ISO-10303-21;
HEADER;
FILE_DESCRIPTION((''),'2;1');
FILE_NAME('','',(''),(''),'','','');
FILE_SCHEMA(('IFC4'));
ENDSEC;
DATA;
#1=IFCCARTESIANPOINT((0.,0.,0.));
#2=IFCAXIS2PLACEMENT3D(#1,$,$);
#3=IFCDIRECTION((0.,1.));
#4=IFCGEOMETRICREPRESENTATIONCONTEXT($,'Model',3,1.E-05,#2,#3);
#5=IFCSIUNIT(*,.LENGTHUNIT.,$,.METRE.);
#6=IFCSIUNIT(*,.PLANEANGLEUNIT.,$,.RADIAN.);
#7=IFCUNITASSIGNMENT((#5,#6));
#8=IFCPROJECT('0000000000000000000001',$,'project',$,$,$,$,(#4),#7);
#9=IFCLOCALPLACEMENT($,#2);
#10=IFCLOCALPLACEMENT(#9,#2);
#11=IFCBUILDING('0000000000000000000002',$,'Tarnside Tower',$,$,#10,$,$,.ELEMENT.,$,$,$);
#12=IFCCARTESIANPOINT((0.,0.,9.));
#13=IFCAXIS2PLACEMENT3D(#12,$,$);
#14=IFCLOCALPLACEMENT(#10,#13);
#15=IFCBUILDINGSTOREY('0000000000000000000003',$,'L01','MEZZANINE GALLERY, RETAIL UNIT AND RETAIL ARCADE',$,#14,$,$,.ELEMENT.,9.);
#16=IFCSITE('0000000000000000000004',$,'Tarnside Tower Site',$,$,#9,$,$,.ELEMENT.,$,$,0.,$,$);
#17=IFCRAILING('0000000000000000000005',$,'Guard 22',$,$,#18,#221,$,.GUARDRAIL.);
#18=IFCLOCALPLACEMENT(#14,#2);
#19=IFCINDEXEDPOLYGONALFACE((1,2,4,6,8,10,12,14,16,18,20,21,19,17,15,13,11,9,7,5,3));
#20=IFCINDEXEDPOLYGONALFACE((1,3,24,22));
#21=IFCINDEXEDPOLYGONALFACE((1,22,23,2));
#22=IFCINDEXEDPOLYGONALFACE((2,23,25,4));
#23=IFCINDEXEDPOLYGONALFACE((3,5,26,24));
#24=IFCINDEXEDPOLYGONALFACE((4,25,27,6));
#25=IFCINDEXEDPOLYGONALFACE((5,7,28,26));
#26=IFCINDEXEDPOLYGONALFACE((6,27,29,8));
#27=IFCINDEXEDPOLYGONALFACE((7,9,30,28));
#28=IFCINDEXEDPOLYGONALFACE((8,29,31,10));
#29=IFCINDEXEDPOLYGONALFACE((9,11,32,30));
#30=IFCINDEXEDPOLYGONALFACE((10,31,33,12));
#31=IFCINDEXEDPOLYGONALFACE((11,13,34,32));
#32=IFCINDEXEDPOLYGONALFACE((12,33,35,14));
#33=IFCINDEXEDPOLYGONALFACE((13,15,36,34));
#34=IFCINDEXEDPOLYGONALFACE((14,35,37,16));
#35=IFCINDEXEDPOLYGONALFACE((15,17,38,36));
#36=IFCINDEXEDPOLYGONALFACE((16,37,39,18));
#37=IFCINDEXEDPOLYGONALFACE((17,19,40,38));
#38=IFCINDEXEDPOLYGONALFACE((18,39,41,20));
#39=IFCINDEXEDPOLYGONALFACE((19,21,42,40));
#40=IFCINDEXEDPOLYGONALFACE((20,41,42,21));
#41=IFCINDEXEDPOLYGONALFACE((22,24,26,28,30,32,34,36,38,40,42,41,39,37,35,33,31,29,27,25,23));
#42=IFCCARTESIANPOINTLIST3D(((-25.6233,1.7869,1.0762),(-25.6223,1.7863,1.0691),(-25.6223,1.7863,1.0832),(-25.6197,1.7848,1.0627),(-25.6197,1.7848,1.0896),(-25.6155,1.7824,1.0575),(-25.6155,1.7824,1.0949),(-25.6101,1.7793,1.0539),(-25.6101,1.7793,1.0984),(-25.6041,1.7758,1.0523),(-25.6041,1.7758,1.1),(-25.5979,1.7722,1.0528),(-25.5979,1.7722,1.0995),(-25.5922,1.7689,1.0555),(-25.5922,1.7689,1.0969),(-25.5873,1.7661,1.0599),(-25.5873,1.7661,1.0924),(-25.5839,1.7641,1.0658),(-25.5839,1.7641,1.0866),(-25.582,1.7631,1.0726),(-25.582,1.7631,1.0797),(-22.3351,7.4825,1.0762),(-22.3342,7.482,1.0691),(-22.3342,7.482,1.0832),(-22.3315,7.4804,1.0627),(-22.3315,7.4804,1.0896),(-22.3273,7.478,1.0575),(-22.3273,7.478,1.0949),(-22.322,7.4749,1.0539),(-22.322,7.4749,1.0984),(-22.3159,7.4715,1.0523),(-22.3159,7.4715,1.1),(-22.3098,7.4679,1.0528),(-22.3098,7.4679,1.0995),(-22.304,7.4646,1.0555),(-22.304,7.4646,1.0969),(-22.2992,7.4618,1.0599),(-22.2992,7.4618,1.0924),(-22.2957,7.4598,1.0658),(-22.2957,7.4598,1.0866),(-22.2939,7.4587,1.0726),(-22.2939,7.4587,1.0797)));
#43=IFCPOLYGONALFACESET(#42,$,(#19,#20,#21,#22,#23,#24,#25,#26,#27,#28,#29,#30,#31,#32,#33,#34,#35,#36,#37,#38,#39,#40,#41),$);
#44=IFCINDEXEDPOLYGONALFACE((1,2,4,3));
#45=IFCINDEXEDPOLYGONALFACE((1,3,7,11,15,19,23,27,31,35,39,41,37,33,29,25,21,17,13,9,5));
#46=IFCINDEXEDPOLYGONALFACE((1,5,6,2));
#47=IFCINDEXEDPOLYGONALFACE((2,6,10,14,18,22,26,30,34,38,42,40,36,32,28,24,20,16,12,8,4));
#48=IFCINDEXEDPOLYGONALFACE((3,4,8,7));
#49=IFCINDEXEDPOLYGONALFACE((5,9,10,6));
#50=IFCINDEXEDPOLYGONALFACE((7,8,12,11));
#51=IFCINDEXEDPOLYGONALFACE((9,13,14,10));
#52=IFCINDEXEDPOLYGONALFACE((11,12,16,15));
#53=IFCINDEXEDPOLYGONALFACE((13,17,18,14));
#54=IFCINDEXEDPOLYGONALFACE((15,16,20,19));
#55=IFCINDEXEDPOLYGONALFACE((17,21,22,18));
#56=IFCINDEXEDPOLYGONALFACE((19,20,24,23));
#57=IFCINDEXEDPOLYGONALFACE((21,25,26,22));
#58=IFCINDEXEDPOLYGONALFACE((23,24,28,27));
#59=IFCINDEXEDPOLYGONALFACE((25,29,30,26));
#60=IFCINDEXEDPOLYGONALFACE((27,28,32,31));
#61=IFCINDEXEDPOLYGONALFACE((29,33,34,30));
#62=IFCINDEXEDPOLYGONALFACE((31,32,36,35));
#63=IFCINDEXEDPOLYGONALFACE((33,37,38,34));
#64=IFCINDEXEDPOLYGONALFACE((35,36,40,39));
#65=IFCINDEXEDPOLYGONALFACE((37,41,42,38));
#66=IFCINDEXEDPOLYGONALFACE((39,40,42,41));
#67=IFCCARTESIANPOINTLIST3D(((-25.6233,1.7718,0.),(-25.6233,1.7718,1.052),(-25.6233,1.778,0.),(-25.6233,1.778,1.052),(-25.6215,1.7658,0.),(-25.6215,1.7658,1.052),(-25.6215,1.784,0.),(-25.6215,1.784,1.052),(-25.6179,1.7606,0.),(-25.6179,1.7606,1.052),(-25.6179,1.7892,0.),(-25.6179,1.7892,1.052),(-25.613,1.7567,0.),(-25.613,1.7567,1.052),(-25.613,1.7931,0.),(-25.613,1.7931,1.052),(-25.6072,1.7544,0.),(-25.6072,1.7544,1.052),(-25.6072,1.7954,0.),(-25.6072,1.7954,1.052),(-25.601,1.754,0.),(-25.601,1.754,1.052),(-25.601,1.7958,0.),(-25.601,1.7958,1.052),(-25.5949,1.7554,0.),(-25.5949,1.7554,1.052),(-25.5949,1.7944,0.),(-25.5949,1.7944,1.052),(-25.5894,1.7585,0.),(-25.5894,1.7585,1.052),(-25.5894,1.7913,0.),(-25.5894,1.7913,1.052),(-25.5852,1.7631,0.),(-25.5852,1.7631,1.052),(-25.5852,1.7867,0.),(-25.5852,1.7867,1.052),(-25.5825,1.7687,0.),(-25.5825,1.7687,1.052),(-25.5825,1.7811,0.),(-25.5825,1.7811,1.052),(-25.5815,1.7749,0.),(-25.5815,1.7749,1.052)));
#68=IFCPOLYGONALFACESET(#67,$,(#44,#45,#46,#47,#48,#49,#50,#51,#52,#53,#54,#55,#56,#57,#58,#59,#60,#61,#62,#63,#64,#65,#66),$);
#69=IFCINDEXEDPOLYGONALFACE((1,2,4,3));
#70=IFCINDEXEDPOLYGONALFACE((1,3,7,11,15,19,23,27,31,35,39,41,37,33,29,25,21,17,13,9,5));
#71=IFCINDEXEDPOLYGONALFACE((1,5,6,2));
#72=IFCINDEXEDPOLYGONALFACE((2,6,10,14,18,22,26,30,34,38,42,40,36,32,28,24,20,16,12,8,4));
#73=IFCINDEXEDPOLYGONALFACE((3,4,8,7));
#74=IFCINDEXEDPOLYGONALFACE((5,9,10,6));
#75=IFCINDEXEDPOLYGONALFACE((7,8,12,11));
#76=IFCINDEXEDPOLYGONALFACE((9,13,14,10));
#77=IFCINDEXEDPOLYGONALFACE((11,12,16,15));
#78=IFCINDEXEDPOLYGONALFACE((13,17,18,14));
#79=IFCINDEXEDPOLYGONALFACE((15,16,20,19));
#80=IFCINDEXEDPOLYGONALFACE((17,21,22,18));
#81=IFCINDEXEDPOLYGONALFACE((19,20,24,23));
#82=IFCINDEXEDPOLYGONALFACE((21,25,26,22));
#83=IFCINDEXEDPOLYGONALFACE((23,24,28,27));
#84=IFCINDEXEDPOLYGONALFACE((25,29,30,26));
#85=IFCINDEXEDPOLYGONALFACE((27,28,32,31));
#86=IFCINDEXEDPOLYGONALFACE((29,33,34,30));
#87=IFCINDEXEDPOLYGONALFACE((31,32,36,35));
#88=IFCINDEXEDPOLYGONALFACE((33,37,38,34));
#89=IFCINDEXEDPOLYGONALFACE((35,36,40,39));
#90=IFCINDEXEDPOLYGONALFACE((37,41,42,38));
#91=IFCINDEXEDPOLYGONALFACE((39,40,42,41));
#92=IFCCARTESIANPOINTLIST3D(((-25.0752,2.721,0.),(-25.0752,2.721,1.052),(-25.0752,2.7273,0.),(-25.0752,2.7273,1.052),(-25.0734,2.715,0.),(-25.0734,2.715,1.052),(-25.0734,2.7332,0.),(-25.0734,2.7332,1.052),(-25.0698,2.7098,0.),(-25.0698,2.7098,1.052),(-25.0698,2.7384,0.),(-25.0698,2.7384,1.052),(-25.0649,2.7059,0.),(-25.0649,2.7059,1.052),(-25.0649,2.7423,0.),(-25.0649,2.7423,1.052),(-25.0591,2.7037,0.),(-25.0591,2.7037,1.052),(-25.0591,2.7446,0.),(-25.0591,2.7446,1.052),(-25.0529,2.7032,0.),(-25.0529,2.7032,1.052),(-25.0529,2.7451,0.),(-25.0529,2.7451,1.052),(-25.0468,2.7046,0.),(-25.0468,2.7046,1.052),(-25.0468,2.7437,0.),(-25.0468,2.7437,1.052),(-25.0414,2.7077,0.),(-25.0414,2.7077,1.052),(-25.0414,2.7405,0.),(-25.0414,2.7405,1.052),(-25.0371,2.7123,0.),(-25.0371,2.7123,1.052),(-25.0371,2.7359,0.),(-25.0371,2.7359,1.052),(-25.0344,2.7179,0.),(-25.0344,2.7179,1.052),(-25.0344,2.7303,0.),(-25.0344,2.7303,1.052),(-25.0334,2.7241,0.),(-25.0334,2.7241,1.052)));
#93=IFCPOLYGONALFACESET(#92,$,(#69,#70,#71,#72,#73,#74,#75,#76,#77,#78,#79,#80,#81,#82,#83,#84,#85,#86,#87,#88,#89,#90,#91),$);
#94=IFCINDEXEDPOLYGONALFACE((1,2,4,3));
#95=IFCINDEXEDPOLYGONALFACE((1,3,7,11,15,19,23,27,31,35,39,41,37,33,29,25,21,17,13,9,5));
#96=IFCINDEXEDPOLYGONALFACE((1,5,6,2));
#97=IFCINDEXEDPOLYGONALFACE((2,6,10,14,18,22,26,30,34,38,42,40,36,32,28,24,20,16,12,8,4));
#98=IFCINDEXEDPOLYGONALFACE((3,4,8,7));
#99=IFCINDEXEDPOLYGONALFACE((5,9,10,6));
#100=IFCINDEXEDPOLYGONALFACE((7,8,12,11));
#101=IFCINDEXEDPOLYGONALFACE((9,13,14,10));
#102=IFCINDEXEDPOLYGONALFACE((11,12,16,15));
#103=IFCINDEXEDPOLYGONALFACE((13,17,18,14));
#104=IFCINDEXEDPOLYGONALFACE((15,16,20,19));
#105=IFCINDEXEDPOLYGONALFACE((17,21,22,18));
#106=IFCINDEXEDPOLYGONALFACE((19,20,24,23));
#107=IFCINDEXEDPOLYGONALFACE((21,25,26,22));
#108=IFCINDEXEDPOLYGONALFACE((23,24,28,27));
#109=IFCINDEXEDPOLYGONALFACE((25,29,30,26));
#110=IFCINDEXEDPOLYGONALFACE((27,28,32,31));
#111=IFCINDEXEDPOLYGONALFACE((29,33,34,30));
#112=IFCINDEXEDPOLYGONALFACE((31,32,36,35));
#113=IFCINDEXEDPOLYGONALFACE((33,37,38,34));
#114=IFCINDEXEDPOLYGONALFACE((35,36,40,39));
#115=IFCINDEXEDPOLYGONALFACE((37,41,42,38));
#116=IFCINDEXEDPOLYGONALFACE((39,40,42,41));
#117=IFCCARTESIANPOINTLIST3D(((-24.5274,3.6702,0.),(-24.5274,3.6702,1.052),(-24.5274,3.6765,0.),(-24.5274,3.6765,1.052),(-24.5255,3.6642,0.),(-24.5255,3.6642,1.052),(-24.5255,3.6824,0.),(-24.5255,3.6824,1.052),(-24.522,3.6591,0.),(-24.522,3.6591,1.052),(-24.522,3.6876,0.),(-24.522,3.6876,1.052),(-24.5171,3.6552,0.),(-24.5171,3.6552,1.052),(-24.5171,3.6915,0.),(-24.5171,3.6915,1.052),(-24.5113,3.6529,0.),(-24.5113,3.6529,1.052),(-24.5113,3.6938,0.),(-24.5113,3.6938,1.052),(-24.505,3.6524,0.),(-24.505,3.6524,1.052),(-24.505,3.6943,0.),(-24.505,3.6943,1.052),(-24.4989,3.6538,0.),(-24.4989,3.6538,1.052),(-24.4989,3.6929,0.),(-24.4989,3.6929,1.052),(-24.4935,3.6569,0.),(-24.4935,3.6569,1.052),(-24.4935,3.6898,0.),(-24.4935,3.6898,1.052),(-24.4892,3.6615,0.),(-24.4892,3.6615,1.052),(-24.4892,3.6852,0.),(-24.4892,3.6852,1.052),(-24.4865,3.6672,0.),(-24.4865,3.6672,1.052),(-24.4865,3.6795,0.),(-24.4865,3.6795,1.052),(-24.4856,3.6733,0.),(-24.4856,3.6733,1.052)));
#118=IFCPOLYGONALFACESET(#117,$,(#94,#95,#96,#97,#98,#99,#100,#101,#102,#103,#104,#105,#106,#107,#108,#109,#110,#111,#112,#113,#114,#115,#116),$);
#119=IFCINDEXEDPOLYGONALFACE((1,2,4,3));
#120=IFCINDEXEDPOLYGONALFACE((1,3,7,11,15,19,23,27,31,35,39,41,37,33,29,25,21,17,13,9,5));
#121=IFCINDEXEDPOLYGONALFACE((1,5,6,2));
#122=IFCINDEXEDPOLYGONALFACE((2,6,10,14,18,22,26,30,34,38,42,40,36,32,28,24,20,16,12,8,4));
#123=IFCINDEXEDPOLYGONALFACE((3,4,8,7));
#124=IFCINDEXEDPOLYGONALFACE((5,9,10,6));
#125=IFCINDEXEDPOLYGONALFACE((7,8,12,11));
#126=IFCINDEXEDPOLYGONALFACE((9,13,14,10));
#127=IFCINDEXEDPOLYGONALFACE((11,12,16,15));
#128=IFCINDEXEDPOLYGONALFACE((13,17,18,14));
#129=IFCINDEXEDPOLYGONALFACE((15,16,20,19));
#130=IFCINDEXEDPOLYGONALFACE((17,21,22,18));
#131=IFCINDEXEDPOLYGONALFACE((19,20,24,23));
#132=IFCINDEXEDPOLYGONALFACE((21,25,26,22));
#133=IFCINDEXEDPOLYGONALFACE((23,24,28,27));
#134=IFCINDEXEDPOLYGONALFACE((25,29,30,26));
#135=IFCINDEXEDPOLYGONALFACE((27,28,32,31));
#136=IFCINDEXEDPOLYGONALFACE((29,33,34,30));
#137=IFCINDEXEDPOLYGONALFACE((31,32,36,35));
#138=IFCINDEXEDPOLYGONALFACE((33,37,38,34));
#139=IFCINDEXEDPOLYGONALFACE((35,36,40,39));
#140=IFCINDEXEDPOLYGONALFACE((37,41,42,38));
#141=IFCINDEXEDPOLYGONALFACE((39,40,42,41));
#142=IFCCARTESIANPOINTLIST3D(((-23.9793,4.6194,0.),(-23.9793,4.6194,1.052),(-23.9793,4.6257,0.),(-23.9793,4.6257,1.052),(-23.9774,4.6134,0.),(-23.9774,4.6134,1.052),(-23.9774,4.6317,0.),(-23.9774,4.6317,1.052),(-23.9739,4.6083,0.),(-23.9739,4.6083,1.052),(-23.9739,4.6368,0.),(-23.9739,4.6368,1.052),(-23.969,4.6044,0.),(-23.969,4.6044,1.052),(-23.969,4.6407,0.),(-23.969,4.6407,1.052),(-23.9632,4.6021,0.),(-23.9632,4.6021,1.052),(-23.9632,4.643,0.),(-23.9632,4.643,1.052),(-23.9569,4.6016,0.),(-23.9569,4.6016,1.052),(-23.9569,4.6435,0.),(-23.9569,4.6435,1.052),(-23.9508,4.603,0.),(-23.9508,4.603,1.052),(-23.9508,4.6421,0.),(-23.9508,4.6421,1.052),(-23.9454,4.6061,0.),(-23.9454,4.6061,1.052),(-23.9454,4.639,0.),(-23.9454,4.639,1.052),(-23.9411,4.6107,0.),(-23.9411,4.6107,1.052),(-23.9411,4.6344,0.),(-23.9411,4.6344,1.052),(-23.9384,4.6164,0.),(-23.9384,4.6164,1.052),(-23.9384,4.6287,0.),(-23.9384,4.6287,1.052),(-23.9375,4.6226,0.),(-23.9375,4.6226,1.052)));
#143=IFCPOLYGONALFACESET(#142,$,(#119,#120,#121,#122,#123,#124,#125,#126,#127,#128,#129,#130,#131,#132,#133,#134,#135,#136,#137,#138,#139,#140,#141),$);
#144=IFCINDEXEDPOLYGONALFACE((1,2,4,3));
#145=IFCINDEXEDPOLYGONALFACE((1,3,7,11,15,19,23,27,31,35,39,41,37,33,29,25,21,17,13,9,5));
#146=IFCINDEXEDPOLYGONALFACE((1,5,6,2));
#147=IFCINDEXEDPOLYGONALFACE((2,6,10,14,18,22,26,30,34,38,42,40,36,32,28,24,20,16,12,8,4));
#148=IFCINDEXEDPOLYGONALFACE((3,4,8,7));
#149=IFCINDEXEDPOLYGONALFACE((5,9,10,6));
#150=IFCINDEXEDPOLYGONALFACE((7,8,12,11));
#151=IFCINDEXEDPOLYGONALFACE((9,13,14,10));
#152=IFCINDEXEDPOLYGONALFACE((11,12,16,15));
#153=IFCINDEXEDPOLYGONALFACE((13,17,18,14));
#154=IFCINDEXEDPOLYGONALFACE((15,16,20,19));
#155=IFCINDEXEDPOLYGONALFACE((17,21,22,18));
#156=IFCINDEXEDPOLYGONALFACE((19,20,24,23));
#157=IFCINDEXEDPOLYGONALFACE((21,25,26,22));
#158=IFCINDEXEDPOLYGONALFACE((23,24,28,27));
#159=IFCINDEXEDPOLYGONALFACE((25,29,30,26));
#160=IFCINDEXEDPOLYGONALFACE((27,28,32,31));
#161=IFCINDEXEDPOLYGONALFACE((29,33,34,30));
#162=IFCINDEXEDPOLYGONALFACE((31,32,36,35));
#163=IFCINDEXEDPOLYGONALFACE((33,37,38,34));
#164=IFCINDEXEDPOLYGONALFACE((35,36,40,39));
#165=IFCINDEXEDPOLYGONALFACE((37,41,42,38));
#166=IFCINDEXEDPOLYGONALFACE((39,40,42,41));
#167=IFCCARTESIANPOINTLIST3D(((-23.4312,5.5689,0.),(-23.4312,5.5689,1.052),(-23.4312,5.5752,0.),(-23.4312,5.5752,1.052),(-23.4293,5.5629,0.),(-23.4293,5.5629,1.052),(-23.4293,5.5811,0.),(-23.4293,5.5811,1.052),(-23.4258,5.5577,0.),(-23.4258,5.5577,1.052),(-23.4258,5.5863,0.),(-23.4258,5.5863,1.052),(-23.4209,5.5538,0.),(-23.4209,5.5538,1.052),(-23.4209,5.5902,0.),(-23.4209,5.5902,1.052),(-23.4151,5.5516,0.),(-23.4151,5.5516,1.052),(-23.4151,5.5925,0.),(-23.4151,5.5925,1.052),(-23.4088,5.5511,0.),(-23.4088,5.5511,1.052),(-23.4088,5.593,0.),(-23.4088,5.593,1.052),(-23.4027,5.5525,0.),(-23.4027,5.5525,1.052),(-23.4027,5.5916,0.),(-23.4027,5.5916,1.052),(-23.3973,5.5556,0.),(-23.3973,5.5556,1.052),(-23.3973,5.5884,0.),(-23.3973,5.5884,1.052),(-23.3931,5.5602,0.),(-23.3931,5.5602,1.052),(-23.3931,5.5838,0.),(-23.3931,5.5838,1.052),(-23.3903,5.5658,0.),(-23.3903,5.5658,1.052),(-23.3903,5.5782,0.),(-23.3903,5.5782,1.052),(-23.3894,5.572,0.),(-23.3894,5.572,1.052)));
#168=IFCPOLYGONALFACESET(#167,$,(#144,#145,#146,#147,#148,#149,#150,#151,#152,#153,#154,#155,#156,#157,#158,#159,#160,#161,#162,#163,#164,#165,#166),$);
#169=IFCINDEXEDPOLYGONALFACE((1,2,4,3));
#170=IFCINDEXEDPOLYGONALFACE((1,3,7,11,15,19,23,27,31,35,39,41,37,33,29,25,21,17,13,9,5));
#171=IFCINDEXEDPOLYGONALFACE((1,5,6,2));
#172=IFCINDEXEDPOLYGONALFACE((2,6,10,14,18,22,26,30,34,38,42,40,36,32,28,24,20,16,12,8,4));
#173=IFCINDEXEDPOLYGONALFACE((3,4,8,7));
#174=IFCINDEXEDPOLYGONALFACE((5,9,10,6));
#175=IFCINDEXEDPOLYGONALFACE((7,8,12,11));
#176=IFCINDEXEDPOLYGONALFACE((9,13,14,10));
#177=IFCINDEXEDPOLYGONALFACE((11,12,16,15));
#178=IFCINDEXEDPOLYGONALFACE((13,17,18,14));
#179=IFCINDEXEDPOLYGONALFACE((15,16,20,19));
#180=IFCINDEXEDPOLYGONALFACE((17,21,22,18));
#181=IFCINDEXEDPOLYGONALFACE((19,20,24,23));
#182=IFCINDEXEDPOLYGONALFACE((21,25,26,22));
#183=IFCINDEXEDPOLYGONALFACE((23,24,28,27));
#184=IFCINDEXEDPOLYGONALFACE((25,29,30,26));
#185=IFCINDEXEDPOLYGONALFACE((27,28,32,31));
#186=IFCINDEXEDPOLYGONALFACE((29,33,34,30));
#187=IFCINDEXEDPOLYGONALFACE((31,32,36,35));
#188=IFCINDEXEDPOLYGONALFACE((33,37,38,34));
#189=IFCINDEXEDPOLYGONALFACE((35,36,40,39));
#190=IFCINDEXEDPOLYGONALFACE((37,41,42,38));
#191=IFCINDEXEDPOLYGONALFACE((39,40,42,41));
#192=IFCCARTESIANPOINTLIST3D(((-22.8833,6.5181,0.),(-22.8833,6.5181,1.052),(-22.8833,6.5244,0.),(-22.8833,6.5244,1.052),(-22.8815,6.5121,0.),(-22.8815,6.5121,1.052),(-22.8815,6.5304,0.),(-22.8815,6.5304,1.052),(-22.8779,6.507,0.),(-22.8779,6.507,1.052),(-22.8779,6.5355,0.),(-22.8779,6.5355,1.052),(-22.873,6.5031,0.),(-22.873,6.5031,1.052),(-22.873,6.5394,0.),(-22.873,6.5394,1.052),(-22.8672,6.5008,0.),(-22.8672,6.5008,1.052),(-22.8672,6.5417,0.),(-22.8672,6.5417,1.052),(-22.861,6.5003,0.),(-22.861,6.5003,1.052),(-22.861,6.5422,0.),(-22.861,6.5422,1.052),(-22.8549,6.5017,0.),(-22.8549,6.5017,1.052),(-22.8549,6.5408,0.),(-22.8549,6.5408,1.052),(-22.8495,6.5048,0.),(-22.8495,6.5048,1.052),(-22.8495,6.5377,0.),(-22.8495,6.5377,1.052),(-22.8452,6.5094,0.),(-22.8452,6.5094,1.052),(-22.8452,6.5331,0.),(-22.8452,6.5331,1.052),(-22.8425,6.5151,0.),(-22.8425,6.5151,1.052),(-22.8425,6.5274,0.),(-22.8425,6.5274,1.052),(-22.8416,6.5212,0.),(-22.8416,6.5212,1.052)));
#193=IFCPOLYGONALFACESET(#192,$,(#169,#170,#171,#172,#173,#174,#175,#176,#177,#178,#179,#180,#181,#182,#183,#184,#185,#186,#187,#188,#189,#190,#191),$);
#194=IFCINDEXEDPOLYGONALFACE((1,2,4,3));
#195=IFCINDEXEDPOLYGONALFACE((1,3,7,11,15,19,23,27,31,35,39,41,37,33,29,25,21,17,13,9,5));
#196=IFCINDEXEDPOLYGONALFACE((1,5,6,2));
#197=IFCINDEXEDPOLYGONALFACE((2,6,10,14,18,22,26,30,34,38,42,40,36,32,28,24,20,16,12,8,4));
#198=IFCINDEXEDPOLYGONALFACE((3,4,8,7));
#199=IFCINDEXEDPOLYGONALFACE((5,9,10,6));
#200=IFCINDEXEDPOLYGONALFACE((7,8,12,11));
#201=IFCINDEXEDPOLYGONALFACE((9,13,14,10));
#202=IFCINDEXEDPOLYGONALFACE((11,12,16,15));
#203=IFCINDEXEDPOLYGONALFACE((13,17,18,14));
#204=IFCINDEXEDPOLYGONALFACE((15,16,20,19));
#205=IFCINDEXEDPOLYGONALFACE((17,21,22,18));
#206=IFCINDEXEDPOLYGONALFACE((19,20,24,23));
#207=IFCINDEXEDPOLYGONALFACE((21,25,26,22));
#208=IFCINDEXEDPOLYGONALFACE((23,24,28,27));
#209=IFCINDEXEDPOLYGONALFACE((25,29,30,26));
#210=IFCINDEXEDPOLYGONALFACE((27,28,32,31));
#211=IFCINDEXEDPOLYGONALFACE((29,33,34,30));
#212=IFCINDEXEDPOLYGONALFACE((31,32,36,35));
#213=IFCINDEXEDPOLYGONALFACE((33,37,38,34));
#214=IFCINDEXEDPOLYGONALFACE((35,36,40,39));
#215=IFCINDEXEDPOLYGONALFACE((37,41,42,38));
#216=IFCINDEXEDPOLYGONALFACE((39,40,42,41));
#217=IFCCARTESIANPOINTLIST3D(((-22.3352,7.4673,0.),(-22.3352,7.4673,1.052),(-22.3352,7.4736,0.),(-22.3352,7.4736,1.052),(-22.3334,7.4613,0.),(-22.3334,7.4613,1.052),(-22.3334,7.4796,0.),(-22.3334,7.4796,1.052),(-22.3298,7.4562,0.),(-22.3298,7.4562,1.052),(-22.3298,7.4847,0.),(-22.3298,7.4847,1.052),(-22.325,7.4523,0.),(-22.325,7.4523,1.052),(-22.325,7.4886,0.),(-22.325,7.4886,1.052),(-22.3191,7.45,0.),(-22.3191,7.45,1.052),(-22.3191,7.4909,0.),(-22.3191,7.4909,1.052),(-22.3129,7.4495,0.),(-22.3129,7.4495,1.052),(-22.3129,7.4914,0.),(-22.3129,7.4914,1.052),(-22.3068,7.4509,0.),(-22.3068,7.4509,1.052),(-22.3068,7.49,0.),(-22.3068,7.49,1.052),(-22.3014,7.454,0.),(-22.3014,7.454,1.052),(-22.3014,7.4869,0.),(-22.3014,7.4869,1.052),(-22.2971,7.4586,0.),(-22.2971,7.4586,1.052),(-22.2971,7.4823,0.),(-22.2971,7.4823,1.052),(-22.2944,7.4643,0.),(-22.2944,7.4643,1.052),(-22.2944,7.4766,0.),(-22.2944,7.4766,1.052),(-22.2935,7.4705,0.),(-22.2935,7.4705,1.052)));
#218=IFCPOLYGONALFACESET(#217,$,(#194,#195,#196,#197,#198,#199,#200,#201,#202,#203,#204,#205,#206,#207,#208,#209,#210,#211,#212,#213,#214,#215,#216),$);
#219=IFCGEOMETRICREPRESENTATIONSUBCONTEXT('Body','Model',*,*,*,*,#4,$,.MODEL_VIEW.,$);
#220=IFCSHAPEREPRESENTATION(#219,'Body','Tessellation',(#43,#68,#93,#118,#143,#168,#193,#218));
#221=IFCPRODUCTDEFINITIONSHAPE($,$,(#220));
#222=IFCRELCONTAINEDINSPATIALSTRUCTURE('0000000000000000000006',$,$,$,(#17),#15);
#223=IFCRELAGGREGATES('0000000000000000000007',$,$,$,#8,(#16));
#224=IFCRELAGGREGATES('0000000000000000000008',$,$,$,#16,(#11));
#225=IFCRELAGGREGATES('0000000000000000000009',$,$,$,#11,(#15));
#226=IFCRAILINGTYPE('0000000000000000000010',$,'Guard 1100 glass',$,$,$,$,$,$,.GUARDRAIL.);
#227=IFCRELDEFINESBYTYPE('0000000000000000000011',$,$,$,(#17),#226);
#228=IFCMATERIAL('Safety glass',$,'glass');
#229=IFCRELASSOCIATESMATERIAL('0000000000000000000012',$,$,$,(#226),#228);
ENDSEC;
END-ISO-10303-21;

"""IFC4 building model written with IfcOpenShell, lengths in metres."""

from ifc_helpers import new_model, si_unit, direction, frame, origin, origin_2d, place, context, subcontext, project, spatial, circle, extrude, material, type_object, element, save


model = new_model("IFC4")

# Units and contexts
model_context = context("Model", 3, precision=1e-05, world=origin(), true_north=direction((0.0, 1.0)))
body_context = subcontext(model_context, "Body", "Model", "MODEL_VIEW")
ifc_project = project(units=[si_unit("LENGTHUNIT", "METRE"), si_unit("PLANEANGLEUNIT", "RADIAN")], contexts=[model_context])

# Site, building, storey
site_placement = place(None, origin())
site = spatial("IfcSite", under=ifc_project, at=site_placement, Name="Tarnside Tower Site", CompositionType="ELEMENT", RefElevation=0.0)
building_placement = place(site_placement, origin())
building = spatial("IfcBuilding", under=site, at=building_placement, Name="Tarnside Tower", CompositionType="ELEMENT")
storey_placement = place(building_placement, frame((0.0, 0.0, 9.0)))
storey = spatial("IfcBuildingStorey", under=building, at=storey_placement, Name="L01", Description="MEZZANINE GALLERY, RETAIL UNIT AND RETAIL ARCADE", CompositionType="ELEMENT", Elevation=9.0)

# Railing
ifc_material_1 = material(Name="Safety glass", Category="glass")
railing_type_1 = type_object("IfcRailingType", Name="Guard 1100 glass", PredefinedType="GUARDRAIL", material=ifc_material_1)
railing_1_placement = place(storey_placement, frame((-25.6025, 1.7749, 0.0)))
element("IfcRailing", 1, at=railing_1_placement, inside=storey, type_object=railing_type_1, Name="Guard 22", PredefinedType="GUARDRAIL", context=body_context, shape_type="SweptSolid", body=[
    extrude(circle(Radius=0.0239, at=origin_2d()), frame((0.0, 0.0, 1.0762), z_axis=(0.499972, 0.866042, 0.0), x_axis=(-0.866042, 0.499972, 0.0)), (0.0, 0.0, 1.0), 6.5767),
    extrude(circle(Radius=0.021, at=origin_2d()), origin(), (0.0, 0.0, 1.0), 1.052),
    extrude(circle(Radius=0.021, at=origin_2d()), frame((0.5481, 0.9492, 0.0)), (0.0, 0.0, 1.0), 1.052),
    extrude(circle(Radius=0.021, at=origin_2d()), frame((1.0959, 1.8984, 0.0)), (0.0, 0.0, 1.0), 1.052),
    extrude(circle(Radius=0.021, at=origin_2d()), frame((1.644, 2.8477, 0.0)), (0.0, 0.0, 1.0), 1.052),
    extrude(circle(Radius=0.021, at=origin_2d()), frame((2.1921, 3.7971, 0.0)), (0.0, 0.0, 1.0), 1.052),
    extrude(circle(Radius=0.021, at=origin_2d()), frame((2.74, 4.7463, 0.0)), (0.0, 0.0, 1.0), 1.052),
    extrude(circle(Radius=0.021, at=origin_2d()), frame((3.2881, 5.6956, 0.0)), (0.0, 0.0, 1.0), 1.052),
])

save(model, "model.ifc")
